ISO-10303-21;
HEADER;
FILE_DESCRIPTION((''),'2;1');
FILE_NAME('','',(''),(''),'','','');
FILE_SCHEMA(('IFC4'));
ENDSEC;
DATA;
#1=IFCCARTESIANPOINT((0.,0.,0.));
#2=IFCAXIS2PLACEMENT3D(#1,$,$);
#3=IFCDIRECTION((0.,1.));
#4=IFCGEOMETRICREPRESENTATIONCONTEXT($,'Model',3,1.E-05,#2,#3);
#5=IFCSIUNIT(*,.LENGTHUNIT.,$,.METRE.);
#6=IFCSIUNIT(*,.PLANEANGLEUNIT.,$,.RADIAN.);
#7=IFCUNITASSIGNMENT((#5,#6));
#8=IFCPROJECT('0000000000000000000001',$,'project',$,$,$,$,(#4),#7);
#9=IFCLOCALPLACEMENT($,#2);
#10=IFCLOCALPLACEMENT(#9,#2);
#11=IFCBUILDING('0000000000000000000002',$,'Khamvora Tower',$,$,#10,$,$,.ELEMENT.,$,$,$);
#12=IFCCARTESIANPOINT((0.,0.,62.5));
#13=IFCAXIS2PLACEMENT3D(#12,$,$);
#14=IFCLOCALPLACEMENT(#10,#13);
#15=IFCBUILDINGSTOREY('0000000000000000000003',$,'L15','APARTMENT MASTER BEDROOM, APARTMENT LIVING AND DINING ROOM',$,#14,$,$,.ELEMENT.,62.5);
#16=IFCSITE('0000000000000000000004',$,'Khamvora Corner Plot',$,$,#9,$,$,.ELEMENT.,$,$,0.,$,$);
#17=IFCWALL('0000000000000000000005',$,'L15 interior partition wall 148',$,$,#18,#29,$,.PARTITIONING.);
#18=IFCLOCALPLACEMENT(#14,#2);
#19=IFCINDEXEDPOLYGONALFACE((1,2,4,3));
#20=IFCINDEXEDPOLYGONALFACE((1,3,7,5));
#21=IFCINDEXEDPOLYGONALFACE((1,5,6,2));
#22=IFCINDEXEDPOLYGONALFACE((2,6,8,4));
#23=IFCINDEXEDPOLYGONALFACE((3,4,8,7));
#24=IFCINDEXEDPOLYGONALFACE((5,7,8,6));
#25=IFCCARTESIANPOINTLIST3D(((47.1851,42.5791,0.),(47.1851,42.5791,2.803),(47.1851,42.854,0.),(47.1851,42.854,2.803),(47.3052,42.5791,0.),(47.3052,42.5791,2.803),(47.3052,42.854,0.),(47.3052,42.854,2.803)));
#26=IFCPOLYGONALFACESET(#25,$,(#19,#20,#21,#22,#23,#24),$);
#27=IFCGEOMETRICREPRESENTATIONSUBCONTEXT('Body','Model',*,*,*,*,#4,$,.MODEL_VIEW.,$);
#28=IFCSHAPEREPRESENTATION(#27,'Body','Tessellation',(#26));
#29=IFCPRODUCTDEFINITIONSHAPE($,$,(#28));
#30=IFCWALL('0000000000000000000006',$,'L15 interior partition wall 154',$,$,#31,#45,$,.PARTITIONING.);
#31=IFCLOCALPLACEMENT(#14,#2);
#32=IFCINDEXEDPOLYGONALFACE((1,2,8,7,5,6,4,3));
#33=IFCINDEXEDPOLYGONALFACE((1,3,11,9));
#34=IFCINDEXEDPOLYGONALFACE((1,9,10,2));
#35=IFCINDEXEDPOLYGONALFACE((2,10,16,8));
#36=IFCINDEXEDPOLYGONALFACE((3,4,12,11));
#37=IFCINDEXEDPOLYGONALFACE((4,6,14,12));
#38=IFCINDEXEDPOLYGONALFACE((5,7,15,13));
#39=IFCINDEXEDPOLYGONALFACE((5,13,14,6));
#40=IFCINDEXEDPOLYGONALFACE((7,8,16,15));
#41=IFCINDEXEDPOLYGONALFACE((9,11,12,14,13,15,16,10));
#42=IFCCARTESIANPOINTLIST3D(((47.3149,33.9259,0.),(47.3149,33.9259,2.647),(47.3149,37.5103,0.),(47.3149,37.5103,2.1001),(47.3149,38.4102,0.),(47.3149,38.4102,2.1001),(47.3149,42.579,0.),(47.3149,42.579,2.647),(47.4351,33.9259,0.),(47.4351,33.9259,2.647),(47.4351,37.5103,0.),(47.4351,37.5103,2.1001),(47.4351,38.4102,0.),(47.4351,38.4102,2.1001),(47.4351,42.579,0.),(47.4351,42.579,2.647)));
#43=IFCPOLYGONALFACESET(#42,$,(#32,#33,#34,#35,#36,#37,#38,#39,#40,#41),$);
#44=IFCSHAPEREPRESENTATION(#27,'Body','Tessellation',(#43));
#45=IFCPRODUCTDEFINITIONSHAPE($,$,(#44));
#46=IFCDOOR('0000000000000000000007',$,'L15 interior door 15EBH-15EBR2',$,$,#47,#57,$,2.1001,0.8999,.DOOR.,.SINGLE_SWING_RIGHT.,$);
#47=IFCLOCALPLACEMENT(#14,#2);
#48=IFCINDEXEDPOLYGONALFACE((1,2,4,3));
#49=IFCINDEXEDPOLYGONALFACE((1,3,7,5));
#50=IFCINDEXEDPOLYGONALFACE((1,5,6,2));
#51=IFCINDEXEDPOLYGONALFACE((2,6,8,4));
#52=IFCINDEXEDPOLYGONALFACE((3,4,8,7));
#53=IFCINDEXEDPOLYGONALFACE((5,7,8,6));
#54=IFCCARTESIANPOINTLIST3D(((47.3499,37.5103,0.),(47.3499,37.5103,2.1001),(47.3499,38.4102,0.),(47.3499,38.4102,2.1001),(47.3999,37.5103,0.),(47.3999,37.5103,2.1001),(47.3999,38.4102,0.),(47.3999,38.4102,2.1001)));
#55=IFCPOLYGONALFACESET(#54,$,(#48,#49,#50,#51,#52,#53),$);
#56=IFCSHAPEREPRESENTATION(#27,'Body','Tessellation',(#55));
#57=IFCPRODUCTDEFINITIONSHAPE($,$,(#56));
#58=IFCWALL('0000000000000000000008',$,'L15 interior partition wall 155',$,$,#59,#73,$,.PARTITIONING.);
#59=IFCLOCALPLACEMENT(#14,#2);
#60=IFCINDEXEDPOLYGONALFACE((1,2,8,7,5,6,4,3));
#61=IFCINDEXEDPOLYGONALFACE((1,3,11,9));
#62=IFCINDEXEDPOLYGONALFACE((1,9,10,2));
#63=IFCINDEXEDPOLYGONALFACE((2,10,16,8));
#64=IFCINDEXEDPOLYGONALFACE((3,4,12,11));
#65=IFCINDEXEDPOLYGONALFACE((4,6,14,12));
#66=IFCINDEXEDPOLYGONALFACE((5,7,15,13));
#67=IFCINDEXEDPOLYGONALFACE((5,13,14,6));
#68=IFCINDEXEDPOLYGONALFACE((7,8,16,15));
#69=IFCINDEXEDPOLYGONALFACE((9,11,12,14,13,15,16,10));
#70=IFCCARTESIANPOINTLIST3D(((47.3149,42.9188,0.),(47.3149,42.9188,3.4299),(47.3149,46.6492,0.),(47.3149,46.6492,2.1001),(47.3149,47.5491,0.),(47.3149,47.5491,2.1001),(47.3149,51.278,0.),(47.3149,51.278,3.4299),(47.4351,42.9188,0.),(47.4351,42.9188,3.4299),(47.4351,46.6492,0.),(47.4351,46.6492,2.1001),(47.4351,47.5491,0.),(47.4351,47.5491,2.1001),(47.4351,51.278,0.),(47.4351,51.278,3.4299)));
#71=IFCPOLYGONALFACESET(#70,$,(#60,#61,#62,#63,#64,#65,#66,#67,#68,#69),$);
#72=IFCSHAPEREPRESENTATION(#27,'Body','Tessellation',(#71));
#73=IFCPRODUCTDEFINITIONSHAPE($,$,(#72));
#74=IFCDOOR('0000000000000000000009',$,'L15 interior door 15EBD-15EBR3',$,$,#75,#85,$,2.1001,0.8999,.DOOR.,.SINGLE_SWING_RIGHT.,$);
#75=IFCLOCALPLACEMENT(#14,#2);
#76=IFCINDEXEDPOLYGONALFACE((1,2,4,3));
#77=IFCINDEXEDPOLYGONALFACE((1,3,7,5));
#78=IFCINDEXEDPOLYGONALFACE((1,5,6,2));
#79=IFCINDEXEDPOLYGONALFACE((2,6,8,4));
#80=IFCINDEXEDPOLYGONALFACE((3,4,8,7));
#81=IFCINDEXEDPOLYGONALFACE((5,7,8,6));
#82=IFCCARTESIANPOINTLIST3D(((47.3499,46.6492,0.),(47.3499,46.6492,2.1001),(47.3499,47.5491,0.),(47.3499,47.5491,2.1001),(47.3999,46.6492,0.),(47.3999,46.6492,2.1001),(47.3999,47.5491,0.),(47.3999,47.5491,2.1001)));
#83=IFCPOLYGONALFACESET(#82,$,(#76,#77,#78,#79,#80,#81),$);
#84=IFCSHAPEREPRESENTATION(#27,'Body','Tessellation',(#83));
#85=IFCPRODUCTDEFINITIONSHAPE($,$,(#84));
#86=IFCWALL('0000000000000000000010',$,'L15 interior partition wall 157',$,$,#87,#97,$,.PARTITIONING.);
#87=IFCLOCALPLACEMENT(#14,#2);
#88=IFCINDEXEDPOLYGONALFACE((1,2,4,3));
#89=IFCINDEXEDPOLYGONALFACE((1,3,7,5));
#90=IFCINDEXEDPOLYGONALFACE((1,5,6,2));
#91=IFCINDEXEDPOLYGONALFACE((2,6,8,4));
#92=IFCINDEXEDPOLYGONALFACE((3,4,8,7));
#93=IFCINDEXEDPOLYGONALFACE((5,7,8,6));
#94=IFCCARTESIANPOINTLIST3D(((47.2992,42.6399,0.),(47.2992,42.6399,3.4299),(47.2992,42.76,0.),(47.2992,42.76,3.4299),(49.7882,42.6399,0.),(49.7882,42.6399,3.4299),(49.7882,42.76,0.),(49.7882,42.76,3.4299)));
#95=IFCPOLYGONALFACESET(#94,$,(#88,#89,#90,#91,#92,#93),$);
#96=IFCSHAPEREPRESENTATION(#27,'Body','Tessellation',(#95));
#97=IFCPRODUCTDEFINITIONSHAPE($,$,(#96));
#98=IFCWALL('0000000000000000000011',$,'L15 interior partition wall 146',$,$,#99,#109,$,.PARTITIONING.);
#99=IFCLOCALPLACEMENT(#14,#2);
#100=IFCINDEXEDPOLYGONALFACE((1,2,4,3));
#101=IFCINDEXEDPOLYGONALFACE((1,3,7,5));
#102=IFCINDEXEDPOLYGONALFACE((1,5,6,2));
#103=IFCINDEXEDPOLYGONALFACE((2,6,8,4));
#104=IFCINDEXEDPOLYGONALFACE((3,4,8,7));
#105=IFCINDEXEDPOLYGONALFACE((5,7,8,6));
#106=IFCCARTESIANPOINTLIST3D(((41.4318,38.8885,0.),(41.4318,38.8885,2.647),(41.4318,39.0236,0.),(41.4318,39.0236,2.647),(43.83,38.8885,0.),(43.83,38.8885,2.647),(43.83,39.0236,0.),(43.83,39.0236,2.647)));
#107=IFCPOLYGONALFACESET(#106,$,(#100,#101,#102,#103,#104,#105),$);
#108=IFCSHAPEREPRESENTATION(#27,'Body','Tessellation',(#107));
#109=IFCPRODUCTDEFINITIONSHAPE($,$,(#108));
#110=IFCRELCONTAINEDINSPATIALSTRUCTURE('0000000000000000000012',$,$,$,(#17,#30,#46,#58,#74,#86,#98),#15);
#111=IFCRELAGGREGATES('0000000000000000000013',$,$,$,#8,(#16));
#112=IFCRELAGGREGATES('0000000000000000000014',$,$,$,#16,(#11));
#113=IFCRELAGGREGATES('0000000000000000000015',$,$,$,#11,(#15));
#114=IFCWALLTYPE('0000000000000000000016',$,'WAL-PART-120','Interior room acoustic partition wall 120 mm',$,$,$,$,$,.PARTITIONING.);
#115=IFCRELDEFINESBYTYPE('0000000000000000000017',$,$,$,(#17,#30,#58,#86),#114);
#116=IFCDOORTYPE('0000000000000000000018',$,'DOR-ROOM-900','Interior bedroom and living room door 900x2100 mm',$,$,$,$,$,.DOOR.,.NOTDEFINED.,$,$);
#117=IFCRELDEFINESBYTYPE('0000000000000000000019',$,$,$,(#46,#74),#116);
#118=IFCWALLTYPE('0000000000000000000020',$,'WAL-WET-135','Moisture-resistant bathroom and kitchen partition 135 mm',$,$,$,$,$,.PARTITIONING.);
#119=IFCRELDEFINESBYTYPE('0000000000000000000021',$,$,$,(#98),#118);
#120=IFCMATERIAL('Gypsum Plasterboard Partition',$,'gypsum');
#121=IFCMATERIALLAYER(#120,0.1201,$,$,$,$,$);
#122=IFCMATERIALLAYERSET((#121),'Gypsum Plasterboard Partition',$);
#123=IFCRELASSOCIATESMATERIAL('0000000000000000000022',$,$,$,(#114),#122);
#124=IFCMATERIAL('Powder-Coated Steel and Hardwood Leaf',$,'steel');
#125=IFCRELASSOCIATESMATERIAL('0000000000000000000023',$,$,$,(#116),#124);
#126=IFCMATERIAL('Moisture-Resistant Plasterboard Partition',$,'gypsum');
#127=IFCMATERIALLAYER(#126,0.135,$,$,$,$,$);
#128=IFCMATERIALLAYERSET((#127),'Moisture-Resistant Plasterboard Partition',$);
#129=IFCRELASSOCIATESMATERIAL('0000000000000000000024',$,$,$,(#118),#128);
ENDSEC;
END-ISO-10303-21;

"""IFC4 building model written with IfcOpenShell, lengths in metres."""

from ifc_helpers import new_model, si_unit, direction, frame, frame_2d, origin, place, context, subcontext, project, spatial, rectangle, extrude, material, layer, layer_set, type_object, element, fill, save


model = new_model("IFC4")

# Units and contexts
model_context = context("Model", 3, precision=1e-05, world=origin(), true_north=direction((0.0, 1.0)))
body_context = subcontext(model_context, "Body", "Model", "MODEL_VIEW")
ifc_project = project(units=[si_unit("LENGTHUNIT", "METRE"), si_unit("PLANEANGLEUNIT", "RADIAN")], contexts=[model_context])

# Site, building, storey
site_placement = place(None, origin())
site = spatial("IfcSite", under=ifc_project, at=site_placement, Name="Khamvora Corner Plot", CompositionType="ELEMENT", RefElevation=0.0)
building_placement = place(site_placement, origin())
building = spatial("IfcBuilding", under=site, at=building_placement, Name="Khamvora Tower", CompositionType="ELEMENT")
storey_placement = place(building_placement, frame((0.0, 0.0, 62.5)))
storey = spatial("IfcBuildingStorey", under=building, at=storey_placement, Name="L15", Description="APARTMENT MASTER BEDROOM, APARTMENT LIVING AND DINING ROOM", CompositionType="ELEMENT", Elevation=62.5)

# Shared definitions
ifc_material_1 = material(Name="Gypsum Plasterboard Partition", Category="gypsum")
ifc_layer_1 = layer(ifc_material_1, 0.1201)
ifc_layer_set_1 = layer_set([ifc_layer_1], Name="Gypsum Plasterboard Partition")
wall_type_1 = type_object("IfcWallType", Name="WAL-PART-120", Description="Interior room acoustic partition wall 120 mm", PredefinedType="PARTITIONING", material=ifc_layer_set_1)
ifc_material_2 = material(Name="Powder-Coated Steel and Hardwood Leaf", Category="steel")
door_type = type_object("IfcDoorType", Name="DOR-ROOM-900", Description="Interior bedroom and living room door 900x2100 mm", OperationType="NOTDEFINED", PredefinedType="DOOR", material=ifc_material_2)

# Wall
wall_1_placement = place(storey_placement, frame((47.2451, 42.854, 0.0), z_axis=(0.0, 0.0, 1.0), x_axis=(0.0, -1.0, 0.0)))
element("IfcWall", 1, at=wall_1_placement, inside=storey, type_object=wall_type_1, Name="L15 interior partition wall 148", PredefinedType="PARTITIONING", context=body_context, shape_type="SweptSolid", body=[
    extrude(rectangle(XDim=0.2749, YDim=0.1201, at=frame_2d((0.1375, 0.0))), origin(), (0.0, 0.0, 1.0), 2.803),
])

# Walls, openings, doors
wall_2_placement = place(storey_placement, frame((47.375, 42.5791, 0.0), z_axis=(0.0, 0.0, 1.0), x_axis=(0.0, -1.0, 0.0)))
wall_2 = element("IfcWall", 2, at=wall_2_placement, inside=storey, type_object=wall_type_1, Name="L15 interior partition wall 154", PredefinedType="PARTITIONING", context=body_context, shape_type="SweptSolid", body=[
    extrude(rectangle(XDim=8.6531, YDim=0.1201, at=frame_2d((4.3267, 0.0))), origin(), (0.0, 0.0, 1.0), 2.647),
])
opening_1_placement = place(wall_2_placement, frame((4.1689, 0.0, 0.0)))
opening_1 = element("IfcOpeningElement", 3, at=opening_1_placement, cuts=wall_2, PredefinedType="OPENING", context=body_context, shape_type="SweptSolid", body=[
    extrude(rectangle(XDim=0.8999, YDim=2.1001, at=frame_2d((0.45, 1.05))), frame((0.0, 0.0701, 0.0), z_axis=(0.0, -1.0, 0.0), x_axis=(1.0, 0.0, 0.0)), (0.0, 0.0, 1.0), 0.1401),
])
door_1_placement = place(opening_1_placement, origin())
door_1 = element("IfcDoor", 4, at=door_1_placement, inside=storey, type_object=door_type, Name="L15 interior door 15EBH-15EBR2", OperationType="SINGLE_SWING_RIGHT", OverallHeight=2.1001, OverallWidth=0.8999, PredefinedType="DOOR", context=body_context, shape_type="SweptSolid", body=[
    extrude(rectangle(XDim=0.8999, YDim=2.1001, at=frame_2d((0.45, 1.05))), frame((0.0, 0.0249, 0.0), z_axis=(0.0, -1.0, 0.0), x_axis=(1.0, 0.0, 0.0)), (0.0, 0.0, 1.0), 0.05),
])
fill(opening_1, door_1)
wall_3_placement = place(storey_placement, frame((47.375, 51.2781, 0.0), z_axis=(0.0, 0.0, 1.0), x_axis=(0.0, -1.0, 0.0)))
wall_3 = element("IfcWall", 5, at=wall_3_placement, inside=storey, type_object=wall_type_1, Name="L15 interior partition wall 155", PredefinedType="PARTITIONING", context=body_context, shape_type="SweptSolid", body=[
    extrude(rectangle(XDim=8.3591, YDim=0.1201, at=frame_2d((4.1797, 0.0))), origin(), (0.0, 0.0, 1.0), 3.4299),
])
opening_2_placement = place(wall_3_placement, frame((3.729, 0.0, 0.0)))
opening_2 = element("IfcOpeningElement", 6, at=opening_2_placement, cuts=wall_3, PredefinedType="OPENING", context=body_context, shape_type="SweptSolid", body=[
    extrude(rectangle(XDim=0.8999, YDim=2.1001, at=frame_2d((0.45, 1.05))), frame((0.0, 0.0701, 0.0), z_axis=(0.0, -1.0, 0.0), x_axis=(1.0, 0.0, 0.0)), (0.0, 0.0, 1.0), 0.1401),
])
door_2_placement = place(opening_2_placement, origin())
door_2 = element("IfcDoor", 7, at=door_2_placement, inside=storey, type_object=door_type, Name="L15 interior door 15EBD-15EBR3", OperationType="SINGLE_SWING_RIGHT", OverallHeight=2.1001, OverallWidth=0.8999, PredefinedType="DOOR", context=body_context, shape_type="SweptSolid", body=[
    extrude(rectangle(XDim=0.8999, YDim=2.1001, at=frame_2d((0.45, 1.05))), frame((0.0, 0.0249, 0.0), z_axis=(0.0, -1.0, 0.0), x_axis=(1.0, 0.0, 0.0)), (0.0, 0.0, 1.0), 0.05),
])
fill(opening_2, door_2)

# Walls
wall_4_placement = place(storey_placement, frame((47.2991, 42.7, 0.0), z_axis=(0.0, 0.0, 1.0), x_axis=(1.0, 0.0, 0.0)))
element("IfcWall", 8, at=wall_4_placement, inside=storey, type_object=wall_type_1, Name="L15 interior partition wall 157", PredefinedType="PARTITIONING", context=body_context, shape_type="SweptSolid", body=[
    extrude(rectangle(XDim=2.489, YDim=0.1201, at=frame_2d((1.2446, 0.0))), origin(), (0.0, 0.0, 1.0), 3.4299),
])
ifc_material_3 = material(Name="Moisture-Resistant Plasterboard Partition", Category="gypsum")
ifc_layer_2 = layer(ifc_material_3, 0.135)
ifc_layer_set_2 = layer_set([ifc_layer_2], Name="Moisture-Resistant Plasterboard Partition")
wall_type_2 = type_object("IfcWallType", Name="WAL-WET-135", Description="Moisture-resistant bathroom and kitchen partition 135 mm", PredefinedType="PARTITIONING", material=ifc_layer_set_2)
wall_5_placement = place(storey_placement, frame((43.8301, 38.9561, 0.0), z_axis=(0.0, 0.0, 1.0), x_axis=(-1.0, 0.0, 0.0)))
element("IfcWall", 9, at=wall_5_placement, inside=storey, type_object=wall_type_2, Name="L15 interior partition wall 146", PredefinedType="PARTITIONING", context=body_context, shape_type="SweptSolid", body=[
    extrude(rectangle(XDim=2.3982, YDim=0.135, at=frame_2d((1.1992, 0.0))), origin(), (0.0, 0.0, 1.0), 2.647),
])

save(model, "model.ifc")
